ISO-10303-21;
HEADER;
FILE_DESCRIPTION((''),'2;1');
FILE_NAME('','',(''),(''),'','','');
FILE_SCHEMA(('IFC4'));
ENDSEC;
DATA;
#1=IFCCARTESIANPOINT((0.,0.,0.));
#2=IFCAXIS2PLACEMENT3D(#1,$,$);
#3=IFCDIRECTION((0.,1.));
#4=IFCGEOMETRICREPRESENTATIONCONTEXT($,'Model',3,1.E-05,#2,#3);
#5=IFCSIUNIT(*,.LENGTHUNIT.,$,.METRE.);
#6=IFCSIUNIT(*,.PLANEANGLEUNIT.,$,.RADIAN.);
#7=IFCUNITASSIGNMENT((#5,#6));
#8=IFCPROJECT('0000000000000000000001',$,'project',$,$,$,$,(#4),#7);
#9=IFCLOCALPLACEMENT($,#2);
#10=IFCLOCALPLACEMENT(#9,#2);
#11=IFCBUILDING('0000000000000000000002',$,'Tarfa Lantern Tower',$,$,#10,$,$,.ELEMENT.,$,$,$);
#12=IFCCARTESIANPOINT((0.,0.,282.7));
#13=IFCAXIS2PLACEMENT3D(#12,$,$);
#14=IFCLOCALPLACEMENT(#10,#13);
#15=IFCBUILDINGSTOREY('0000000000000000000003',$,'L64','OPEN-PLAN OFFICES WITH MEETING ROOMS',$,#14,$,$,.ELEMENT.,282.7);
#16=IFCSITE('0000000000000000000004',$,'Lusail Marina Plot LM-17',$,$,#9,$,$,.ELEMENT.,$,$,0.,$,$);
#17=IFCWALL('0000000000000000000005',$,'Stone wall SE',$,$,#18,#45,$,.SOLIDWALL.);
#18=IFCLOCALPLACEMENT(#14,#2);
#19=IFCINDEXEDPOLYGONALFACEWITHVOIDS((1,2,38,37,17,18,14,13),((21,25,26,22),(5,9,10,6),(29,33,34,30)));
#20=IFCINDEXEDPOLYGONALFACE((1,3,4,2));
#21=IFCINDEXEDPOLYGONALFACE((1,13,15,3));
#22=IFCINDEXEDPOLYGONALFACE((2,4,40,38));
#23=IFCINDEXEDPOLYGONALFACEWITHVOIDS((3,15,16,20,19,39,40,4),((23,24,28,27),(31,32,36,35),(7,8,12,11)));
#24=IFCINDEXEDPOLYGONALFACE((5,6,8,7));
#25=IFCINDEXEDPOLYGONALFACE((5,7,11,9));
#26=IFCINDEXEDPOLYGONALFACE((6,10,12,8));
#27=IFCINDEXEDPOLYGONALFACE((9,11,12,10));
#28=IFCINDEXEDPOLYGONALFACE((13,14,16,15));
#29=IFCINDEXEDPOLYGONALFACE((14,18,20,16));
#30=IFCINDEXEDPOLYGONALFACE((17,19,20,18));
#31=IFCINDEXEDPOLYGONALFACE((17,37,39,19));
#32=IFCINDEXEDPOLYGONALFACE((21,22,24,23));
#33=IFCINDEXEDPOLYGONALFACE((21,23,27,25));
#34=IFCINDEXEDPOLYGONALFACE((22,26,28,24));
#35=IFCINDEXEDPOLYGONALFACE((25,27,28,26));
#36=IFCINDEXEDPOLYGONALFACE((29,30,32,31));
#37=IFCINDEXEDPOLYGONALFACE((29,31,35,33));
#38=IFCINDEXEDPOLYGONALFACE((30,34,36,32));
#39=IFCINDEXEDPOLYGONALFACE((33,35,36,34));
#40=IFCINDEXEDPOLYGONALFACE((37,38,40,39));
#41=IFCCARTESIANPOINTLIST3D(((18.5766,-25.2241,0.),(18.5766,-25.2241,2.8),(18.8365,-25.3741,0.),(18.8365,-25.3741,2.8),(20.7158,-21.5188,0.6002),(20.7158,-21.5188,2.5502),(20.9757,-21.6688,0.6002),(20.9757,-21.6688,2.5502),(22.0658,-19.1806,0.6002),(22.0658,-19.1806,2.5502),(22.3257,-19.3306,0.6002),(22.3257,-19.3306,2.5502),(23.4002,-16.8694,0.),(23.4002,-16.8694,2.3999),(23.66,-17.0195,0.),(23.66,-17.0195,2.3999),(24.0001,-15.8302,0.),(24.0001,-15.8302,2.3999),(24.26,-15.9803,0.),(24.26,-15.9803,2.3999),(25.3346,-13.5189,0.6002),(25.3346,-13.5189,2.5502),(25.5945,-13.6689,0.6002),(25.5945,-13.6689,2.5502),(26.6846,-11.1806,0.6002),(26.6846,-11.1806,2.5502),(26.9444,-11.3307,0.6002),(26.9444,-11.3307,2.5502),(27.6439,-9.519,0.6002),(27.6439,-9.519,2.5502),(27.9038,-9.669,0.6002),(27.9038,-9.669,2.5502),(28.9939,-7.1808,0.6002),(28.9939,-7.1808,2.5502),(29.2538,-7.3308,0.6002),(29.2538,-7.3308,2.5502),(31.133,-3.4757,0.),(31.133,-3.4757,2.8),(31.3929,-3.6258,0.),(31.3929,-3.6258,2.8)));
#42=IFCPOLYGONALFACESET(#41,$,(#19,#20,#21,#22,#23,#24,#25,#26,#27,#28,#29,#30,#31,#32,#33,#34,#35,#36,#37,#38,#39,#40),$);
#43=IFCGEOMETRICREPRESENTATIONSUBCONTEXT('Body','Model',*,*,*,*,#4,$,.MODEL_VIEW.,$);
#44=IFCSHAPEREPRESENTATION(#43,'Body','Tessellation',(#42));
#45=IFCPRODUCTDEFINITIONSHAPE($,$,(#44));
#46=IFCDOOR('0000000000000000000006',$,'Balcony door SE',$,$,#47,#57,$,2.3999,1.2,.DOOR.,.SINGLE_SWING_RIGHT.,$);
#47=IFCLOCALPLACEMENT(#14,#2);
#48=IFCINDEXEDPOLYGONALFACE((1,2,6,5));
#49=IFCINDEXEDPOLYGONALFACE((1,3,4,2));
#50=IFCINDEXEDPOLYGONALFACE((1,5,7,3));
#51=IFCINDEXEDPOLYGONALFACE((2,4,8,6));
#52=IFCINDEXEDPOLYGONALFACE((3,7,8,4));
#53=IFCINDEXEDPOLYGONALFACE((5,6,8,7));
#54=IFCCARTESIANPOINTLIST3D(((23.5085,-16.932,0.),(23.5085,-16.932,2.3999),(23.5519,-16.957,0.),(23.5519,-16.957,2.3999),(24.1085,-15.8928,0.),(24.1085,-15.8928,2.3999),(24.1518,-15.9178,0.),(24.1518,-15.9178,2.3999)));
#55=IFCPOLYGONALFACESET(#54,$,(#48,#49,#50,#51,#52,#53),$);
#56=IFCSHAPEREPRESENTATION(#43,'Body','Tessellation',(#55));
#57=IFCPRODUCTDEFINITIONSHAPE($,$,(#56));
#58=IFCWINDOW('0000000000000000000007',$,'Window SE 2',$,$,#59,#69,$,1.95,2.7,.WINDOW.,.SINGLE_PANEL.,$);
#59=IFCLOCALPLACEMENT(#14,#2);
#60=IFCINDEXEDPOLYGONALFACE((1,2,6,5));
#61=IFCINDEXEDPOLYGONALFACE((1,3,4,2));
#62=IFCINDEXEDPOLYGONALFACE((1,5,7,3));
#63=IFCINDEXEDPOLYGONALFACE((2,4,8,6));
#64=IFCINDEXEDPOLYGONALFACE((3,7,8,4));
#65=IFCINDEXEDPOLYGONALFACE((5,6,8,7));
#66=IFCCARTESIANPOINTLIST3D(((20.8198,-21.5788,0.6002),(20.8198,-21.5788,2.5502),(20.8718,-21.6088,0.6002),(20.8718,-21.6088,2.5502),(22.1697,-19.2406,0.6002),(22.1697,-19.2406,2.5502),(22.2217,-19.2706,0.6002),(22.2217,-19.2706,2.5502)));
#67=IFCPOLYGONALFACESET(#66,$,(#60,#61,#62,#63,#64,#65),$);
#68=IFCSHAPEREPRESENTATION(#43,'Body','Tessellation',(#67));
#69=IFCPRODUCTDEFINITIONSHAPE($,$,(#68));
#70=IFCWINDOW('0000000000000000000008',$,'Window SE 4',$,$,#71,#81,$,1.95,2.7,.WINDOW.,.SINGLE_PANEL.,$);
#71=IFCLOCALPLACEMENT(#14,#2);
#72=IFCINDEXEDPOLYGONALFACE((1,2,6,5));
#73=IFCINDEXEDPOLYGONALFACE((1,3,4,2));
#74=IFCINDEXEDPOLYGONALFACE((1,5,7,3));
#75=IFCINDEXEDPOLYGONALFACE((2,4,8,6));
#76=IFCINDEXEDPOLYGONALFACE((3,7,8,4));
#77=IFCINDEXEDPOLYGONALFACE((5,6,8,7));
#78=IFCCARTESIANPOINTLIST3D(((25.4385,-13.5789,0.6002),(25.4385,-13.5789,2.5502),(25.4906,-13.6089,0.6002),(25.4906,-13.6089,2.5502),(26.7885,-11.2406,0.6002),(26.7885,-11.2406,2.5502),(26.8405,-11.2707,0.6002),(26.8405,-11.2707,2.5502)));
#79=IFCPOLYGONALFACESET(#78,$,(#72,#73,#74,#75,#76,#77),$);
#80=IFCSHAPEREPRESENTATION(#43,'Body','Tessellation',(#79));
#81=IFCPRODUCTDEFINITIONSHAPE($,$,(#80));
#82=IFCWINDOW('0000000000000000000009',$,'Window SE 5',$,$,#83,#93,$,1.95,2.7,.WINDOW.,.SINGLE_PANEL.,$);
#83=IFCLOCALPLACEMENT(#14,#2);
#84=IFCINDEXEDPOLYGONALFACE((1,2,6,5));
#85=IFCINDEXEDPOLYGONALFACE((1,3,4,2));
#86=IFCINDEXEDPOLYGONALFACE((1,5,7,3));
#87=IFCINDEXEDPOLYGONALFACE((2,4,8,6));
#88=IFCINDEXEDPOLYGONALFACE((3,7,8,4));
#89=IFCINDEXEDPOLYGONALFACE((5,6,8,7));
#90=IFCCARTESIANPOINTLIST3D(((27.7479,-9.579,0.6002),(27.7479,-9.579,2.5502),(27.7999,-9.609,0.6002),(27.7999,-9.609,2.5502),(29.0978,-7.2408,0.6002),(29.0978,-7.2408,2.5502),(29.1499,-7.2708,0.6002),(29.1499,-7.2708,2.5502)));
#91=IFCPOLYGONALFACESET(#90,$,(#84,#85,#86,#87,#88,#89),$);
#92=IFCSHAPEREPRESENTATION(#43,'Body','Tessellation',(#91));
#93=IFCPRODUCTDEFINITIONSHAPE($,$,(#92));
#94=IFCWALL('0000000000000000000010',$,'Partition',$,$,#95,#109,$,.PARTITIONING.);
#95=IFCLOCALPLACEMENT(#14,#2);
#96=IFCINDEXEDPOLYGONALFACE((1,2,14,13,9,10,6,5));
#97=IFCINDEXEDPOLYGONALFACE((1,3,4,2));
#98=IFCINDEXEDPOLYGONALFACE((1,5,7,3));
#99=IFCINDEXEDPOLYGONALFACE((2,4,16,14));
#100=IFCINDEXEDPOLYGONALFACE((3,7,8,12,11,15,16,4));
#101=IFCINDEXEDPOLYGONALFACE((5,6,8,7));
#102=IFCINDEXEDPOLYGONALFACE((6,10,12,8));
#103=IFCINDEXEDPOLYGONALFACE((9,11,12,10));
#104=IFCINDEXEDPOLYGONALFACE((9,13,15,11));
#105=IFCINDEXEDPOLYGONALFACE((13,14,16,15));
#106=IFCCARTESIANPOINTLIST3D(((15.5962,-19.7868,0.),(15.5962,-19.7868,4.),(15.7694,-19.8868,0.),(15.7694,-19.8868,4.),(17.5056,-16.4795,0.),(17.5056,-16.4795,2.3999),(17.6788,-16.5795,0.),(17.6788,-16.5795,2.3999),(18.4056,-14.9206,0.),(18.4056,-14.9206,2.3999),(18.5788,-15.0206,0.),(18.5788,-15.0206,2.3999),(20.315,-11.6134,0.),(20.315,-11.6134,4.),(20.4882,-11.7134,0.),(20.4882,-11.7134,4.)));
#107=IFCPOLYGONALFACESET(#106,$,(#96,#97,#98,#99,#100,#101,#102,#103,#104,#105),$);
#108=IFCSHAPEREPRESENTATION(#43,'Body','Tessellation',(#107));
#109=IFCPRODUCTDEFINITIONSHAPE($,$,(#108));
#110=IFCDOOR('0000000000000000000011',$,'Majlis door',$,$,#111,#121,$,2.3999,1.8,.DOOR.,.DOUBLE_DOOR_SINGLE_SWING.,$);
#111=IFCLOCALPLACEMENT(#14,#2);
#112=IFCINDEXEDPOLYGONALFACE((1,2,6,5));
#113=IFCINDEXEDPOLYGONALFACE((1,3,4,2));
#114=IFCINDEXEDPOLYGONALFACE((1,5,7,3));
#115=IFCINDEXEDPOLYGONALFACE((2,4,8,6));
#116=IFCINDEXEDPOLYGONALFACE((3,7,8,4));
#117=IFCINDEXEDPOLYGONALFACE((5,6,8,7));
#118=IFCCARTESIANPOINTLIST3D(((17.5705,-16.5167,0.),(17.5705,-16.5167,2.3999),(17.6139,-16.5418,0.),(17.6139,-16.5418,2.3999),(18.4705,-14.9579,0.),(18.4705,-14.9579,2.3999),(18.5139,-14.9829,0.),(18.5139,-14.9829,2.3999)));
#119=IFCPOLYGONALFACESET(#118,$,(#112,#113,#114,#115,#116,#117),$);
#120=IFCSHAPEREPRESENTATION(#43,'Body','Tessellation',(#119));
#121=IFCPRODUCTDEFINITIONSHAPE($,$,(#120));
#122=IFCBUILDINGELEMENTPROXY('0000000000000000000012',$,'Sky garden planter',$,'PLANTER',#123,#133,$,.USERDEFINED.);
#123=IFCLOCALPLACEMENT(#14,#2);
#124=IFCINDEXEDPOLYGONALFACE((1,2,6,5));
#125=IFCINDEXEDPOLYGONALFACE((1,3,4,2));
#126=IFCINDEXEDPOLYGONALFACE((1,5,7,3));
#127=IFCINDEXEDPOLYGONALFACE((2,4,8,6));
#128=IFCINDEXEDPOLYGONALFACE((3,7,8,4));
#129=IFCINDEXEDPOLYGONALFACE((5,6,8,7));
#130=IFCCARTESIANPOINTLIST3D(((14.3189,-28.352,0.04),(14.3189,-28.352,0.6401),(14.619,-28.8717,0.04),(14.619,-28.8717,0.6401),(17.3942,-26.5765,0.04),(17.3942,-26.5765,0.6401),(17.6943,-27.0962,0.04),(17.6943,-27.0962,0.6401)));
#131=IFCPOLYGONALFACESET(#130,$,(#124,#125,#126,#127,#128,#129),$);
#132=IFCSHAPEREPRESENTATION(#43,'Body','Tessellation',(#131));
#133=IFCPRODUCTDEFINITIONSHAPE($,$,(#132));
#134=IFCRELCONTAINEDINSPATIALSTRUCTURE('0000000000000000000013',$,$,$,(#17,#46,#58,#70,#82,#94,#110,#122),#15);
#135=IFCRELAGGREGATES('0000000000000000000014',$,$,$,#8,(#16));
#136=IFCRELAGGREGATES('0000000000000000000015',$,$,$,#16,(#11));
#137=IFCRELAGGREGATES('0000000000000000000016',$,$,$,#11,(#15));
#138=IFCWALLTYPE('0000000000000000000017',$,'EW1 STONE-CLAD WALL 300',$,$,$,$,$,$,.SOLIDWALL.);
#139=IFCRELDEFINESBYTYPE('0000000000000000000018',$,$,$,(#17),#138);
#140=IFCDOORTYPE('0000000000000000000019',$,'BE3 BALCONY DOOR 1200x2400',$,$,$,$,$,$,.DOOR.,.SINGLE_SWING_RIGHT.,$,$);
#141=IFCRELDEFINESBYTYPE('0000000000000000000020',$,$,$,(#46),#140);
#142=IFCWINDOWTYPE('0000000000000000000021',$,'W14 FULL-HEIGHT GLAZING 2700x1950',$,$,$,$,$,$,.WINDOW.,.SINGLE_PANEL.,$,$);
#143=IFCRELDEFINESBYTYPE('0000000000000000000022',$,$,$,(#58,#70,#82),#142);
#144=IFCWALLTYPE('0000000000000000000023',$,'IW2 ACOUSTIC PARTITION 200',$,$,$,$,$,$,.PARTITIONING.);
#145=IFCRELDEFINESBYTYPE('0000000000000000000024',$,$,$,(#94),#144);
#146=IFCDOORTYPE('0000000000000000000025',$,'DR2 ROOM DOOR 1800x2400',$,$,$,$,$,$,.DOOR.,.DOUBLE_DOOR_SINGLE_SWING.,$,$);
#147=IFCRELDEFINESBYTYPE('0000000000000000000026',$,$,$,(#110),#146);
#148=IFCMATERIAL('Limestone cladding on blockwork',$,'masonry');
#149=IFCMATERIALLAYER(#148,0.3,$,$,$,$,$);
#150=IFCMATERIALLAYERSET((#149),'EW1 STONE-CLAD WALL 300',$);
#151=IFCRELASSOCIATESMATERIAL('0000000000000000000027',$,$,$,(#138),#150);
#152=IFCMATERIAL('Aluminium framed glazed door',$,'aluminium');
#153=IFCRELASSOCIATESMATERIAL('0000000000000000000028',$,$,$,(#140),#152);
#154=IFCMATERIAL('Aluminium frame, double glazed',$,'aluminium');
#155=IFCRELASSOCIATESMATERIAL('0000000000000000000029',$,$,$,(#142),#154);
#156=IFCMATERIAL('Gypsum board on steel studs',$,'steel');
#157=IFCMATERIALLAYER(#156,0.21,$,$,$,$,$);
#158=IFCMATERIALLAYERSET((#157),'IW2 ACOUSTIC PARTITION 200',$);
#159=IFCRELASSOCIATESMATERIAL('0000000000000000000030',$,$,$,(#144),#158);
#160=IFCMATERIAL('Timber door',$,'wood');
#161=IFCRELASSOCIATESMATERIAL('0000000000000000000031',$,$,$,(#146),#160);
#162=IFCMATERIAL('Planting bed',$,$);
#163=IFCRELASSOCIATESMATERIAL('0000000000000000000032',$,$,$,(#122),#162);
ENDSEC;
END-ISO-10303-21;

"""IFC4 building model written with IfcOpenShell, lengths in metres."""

from ifc_helpers import new_model, si_unit, direction, frame, frame_2d, origin, origin_2d, place, context, subcontext, project, spatial, rectangle, extrude, material, layer, layer_set, type_object, element, fill, save


model = new_model("IFC4")

# Units and contexts
model_context = context("Model", 3, precision=1e-05, world=origin(), true_north=direction((0.0, 1.0)))
body_context = subcontext(model_context, "Body", "Model", "MODEL_VIEW")
ifc_project = project(units=[si_unit("LENGTHUNIT", "METRE"), si_unit("PLANEANGLEUNIT", "RADIAN")], contexts=[model_context])

# Site, building, storey
site_placement = place(None, origin())
site = spatial("IfcSite", under=ifc_project, at=site_placement, Name="Lusail Marina Plot LM-17", CompositionType="ELEMENT", RefElevation=0.0)
building_placement = place(site_placement, origin())
building = spatial("IfcBuilding", under=site, at=building_placement, Name="Tarfa Lantern Tower", CompositionType="ELEMENT")
storey_placement = place(building_placement, frame((0.0, 0.0, 282.7)))
storey = spatial("IfcBuildingStorey", under=building, at=storey_placement, Name="L64", Description="OPEN-PLAN OFFICES WITH MEETING ROOMS", CompositionType="ELEMENT", Elevation=282.7)

# Wall, openings, door, windows
ifc_material_1 = material(Name="Limestone cladding on blockwork", Category="masonry")
ifc_layer_1 = layer(ifc_material_1, 0.3)
ifc_layer_set_1 = layer_set([ifc_layer_1], Name="EW1 STONE-CLAD WALL 300")
wall_type_1 = type_object("IfcWallType", Name="EW1 STONE-CLAD WALL 300", PredefinedType="SOLIDWALL", material=ifc_layer_set_1)
wall_1_placement = place(storey_placement, frame((18.7065, -25.2991, 0.0), z_axis=(0.0, 0.0, 1.0), x_axis=(0.5, 0.866025, 0.0)))
wall_1 = element("IfcWall", 1, at=wall_1_placement, inside=storey, type_object=wall_type_1, Name="Stone wall SE", PredefinedType="SOLIDWALL", context=body_context, shape_type="SweptSolid", body=[
    extrude(rectangle(XDim=25.1128, YDim=0.3, at=frame_2d((12.5564, 0.0))), origin(), (0.0, 0.0, 1.0), 2.8),
])
opening_1_placement = place(wall_1_placement, frame((4.2783, 0.0, 0.6001)))
opening_1 = element("IfcOpeningElement", 2, at=opening_1_placement, cuts=wall_1, PredefinedType="OPENING", context=body_context, shape_type="SweptSolid", body=[
    extrude(rectangle(XDim=2.7, YDim=1.95, at=frame_2d((1.3501, 0.9751))), frame((0.0, 0.1599, 0.0), z_axis=(0.0, -1.0, 0.0), x_axis=(1.0, 0.0, 0.0)), (0.0, 0.0, 1.0), 0.3201),
])
opening_2_placement = place(wall_1_placement, frame((9.647, 0.0, 0.0)))
opening_2 = element("IfcOpeningElement", 3, at=opening_2_placement, cuts=wall_1, PredefinedType="OPENING", context=body_context, shape_type="SweptSolid", body=[
    extrude(rectangle(XDim=1.2, YDim=2.3999, at=frame_2d((0.6001, 1.2))), frame((0.0, 0.1599, 0.0), z_axis=(0.0, -1.0, 0.0), x_axis=(1.0, 0.0, 0.0)), (0.0, 0.0, 1.0), 0.3201),
])
opening_3_placement = place(wall_1_placement, frame((13.5159, 0.0, 0.6001)))
opening_3 = element("IfcOpeningElement", 4, at=opening_3_placement, cuts=wall_1, PredefinedType="OPENING", context=body_context, shape_type="SweptSolid", body=[
    extrude(rectangle(XDim=2.7, YDim=1.95, at=frame_2d((1.3501, 0.9751))), frame((0.0, 0.1599, 0.0), z_axis=(0.0, -1.0, 0.0), x_axis=(1.0, 0.0, 0.0)), (0.0, 0.0, 1.0), 0.3201),
])
opening_4_placement = place(wall_1_placement, frame((18.1345, 0.0, 0.6001)))
opening_4 = element("IfcOpeningElement", 5, at=opening_4_placement, cuts=wall_1, PredefinedType="OPENING", context=body_context, shape_type="SweptSolid", body=[
    extrude(rectangle(XDim=2.7, YDim=1.95, at=frame_2d((1.3501, 0.9751))), frame((0.0, 0.1599, 0.0), z_axis=(0.0, -1.0, 0.0), x_axis=(1.0, 0.0, 0.0)), (0.0, 0.0, 1.0), 0.3201),
])
ifc_material_2 = material(Name="Aluminium framed glazed door", Category="aluminium")
door_type_1 = type_object("IfcDoorType", Name="BE3 BALCONY DOOR 1200x2400", OperationType="SINGLE_SWING_RIGHT", PredefinedType="DOOR", material=ifc_material_2)
door_1_placement = place(opening_2_placement, origin())
door_1 = element("IfcDoor", 6, at=door_1_placement, inside=storey, type_object=door_type_1, Name="Balcony door SE", OperationType="SINGLE_SWING_RIGHT", OverallHeight=2.3999, OverallWidth=1.2, PredefinedType="DOOR", context=body_context, shape_type="SweptSolid", body=[
    extrude(rectangle(XDim=1.2, YDim=2.3999, at=frame_2d((0.6001, 1.2))), frame((0.0, 0.0249, 0.0), z_axis=(0.0, -1.0, 0.0), x_axis=(1.0, 0.0, 0.0)), (0.0, 0.0, 1.0), 0.05),
])
fill(opening_2, door_1)
ifc_material_3 = material(Name="Aluminium frame, double glazed", Category="aluminium")
window_type = type_object("IfcWindowType", Name="W14 FULL-HEIGHT GLAZING 2700x1950", PartitioningType="SINGLE_PANEL", PredefinedType="WINDOW", material=ifc_material_3)
window_1_placement = place(opening_1_placement, origin())
window_1 = element("IfcWindow", 7, at=window_1_placement, inside=storey, type_object=window_type, Name="Window SE 2", OverallHeight=1.95, OverallWidth=2.7, PartitioningType="SINGLE_PANEL", PredefinedType="WINDOW", context=body_context, shape_type="SweptSolid", body=[
    extrude(rectangle(XDim=2.7, YDim=1.95, at=frame_2d((1.3501, 0.9751))), frame((0.0, 0.03, 0.0), z_axis=(0.0, -1.0, 0.0), x_axis=(1.0, 0.0, 0.0)), (0.0, 0.0, 1.0), 0.0601),
])
fill(opening_1, window_1)
window_2_placement = place(opening_3_placement, origin())
window_2 = element("IfcWindow", 8, at=window_2_placement, inside=storey, type_object=window_type, Name="Window SE 4", OverallHeight=1.95, OverallWidth=2.7, PartitioningType="SINGLE_PANEL", PredefinedType="WINDOW", context=body_context, shape_type="SweptSolid", body=[
    extrude(rectangle(XDim=2.7, YDim=1.95, at=frame_2d((1.3501, 0.9751))), frame((0.0, 0.03, 0.0), z_axis=(0.0, -1.0, 0.0), x_axis=(1.0, 0.0, 0.0)), (0.0, 0.0, 1.0), 0.0601),
])
fill(opening_3, window_2)
window_3_placement = place(opening_4_placement, origin())
window_3 = element("IfcWindow", 9, at=window_3_placement, inside=storey, type_object=window_type, Name="Window SE 5", OverallHeight=1.95, OverallWidth=2.7, PartitioningType="SINGLE_PANEL", PredefinedType="WINDOW", context=body_context, shape_type="SweptSolid", body=[
    extrude(rectangle(XDim=2.7, YDim=1.95, at=frame_2d((1.3501, 0.9751))), frame((0.0, 0.03, 0.0), z_axis=(0.0, -1.0, 0.0), x_axis=(1.0, 0.0, 0.0)), (0.0, 0.0, 1.0), 0.0601),
])
fill(opening_4, window_3)

# Wall, opening, door
ifc_material_4 = material(Name="Gypsum board on steel studs", Category="steel")
ifc_layer_2 = layer(ifc_material_4, 0.21)
ifc_layer_set_2 = layer_set([ifc_layer_2], Name="IW2 ACOUSTIC PARTITION 200")
wall_type_2 = type_object("IfcWallType", Name="IW2 ACOUSTIC PARTITION 200", PredefinedType="PARTITIONING", material=ifc_layer_set_2)
wall_2_placement = place(storey_placement, frame((15.6829, -19.8367, 0.0), z_axis=(0.0, 0.0, 1.0), x_axis=(0.49999, 0.866031, 0.0)))
wall_2 = element("IfcWall", 10, at=wall_2_placement, inside=storey, type_object=wall_type_2, Name="Partition", PredefinedType="PARTITIONING", context=body_context, shape_type="SweptSolid", body=[
    extrude(rectangle(XDim=9.4377, YDim=0.2, at=frame_2d((4.7188, 0.0))), origin(), (0.0, 0.0, 1.0), 4.0),
])
opening_5_placement = place(wall_2_placement, frame((3.8188, 0.0, 0.0)))
opening_5 = element("IfcOpeningElement", 11, at=opening_5_placement, cuts=wall_2, PredefinedType="OPENING", context=body_context, shape_type="SweptSolid", body=[
    extrude(rectangle(XDim=1.8, YDim=2.3999, at=frame_2d((0.8999, 1.2))), frame((0.0, 0.1099, 0.0), z_axis=(0.0, -1.0, 0.0), x_axis=(1.0, 0.0, 0.0)), (0.0, 0.0, 1.0), 0.22),
])
ifc_material_5 = material(Name="Timber door", Category="wood")
door_type_2 = type_object("IfcDoorType", Name="DR2 ROOM DOOR 1800x2400", OperationType="DOUBLE_DOOR_SINGLE_SWING", PredefinedType="DOOR", material=ifc_material_5)
door_2_placement = place(opening_5_placement, frame((1.8, 0.0, 0.0), z_axis=(0.0, 0.0, 1.0), x_axis=(-1.0, 0.0, 0.0)))
door_2 = element("IfcDoor", 12, at=door_2_placement, inside=storey, type_object=door_type_2, Name="Majlis door", OperationType="DOUBLE_DOOR_SINGLE_SWING", OverallHeight=2.3999, OverallWidth=1.8, PredefinedType="DOOR", context=body_context, shape_type="SweptSolid", body=[
    extrude(rectangle(XDim=1.8, YDim=2.3999, at=frame_2d((0.8999, 1.2))), frame((0.0, 0.0249, 0.0), z_axis=(0.0, -1.0, 0.0), x_axis=(1.0, 0.0, 0.0)), (0.0, 0.0, 1.0), 0.05),
])
fill(opening_5, door_2)

# Building element proxy
ifc_material_6 = material(Name="Planting bed")
proxy_placement = place(storey_placement, frame((16.0066, -27.7241, 0.04), z_axis=(0.0, 0.0, 1.0), x_axis=(0.866025, 0.5, 0.0)))
element("IfcBuildingElementProxy", 13, at=proxy_placement, inside=storey, material=ifc_material_6, Name="Sky garden planter", ObjectType="PLANTER", PredefinedType="USERDEFINED", context=body_context, shape_type="SweptSolid", body=[
    extrude(rectangle(XDim=3.551, YDim=0.6001, at=origin_2d()), origin(), (0.0, 0.0, 1.0), 0.6001),
])

save(model, "model.ifc")
